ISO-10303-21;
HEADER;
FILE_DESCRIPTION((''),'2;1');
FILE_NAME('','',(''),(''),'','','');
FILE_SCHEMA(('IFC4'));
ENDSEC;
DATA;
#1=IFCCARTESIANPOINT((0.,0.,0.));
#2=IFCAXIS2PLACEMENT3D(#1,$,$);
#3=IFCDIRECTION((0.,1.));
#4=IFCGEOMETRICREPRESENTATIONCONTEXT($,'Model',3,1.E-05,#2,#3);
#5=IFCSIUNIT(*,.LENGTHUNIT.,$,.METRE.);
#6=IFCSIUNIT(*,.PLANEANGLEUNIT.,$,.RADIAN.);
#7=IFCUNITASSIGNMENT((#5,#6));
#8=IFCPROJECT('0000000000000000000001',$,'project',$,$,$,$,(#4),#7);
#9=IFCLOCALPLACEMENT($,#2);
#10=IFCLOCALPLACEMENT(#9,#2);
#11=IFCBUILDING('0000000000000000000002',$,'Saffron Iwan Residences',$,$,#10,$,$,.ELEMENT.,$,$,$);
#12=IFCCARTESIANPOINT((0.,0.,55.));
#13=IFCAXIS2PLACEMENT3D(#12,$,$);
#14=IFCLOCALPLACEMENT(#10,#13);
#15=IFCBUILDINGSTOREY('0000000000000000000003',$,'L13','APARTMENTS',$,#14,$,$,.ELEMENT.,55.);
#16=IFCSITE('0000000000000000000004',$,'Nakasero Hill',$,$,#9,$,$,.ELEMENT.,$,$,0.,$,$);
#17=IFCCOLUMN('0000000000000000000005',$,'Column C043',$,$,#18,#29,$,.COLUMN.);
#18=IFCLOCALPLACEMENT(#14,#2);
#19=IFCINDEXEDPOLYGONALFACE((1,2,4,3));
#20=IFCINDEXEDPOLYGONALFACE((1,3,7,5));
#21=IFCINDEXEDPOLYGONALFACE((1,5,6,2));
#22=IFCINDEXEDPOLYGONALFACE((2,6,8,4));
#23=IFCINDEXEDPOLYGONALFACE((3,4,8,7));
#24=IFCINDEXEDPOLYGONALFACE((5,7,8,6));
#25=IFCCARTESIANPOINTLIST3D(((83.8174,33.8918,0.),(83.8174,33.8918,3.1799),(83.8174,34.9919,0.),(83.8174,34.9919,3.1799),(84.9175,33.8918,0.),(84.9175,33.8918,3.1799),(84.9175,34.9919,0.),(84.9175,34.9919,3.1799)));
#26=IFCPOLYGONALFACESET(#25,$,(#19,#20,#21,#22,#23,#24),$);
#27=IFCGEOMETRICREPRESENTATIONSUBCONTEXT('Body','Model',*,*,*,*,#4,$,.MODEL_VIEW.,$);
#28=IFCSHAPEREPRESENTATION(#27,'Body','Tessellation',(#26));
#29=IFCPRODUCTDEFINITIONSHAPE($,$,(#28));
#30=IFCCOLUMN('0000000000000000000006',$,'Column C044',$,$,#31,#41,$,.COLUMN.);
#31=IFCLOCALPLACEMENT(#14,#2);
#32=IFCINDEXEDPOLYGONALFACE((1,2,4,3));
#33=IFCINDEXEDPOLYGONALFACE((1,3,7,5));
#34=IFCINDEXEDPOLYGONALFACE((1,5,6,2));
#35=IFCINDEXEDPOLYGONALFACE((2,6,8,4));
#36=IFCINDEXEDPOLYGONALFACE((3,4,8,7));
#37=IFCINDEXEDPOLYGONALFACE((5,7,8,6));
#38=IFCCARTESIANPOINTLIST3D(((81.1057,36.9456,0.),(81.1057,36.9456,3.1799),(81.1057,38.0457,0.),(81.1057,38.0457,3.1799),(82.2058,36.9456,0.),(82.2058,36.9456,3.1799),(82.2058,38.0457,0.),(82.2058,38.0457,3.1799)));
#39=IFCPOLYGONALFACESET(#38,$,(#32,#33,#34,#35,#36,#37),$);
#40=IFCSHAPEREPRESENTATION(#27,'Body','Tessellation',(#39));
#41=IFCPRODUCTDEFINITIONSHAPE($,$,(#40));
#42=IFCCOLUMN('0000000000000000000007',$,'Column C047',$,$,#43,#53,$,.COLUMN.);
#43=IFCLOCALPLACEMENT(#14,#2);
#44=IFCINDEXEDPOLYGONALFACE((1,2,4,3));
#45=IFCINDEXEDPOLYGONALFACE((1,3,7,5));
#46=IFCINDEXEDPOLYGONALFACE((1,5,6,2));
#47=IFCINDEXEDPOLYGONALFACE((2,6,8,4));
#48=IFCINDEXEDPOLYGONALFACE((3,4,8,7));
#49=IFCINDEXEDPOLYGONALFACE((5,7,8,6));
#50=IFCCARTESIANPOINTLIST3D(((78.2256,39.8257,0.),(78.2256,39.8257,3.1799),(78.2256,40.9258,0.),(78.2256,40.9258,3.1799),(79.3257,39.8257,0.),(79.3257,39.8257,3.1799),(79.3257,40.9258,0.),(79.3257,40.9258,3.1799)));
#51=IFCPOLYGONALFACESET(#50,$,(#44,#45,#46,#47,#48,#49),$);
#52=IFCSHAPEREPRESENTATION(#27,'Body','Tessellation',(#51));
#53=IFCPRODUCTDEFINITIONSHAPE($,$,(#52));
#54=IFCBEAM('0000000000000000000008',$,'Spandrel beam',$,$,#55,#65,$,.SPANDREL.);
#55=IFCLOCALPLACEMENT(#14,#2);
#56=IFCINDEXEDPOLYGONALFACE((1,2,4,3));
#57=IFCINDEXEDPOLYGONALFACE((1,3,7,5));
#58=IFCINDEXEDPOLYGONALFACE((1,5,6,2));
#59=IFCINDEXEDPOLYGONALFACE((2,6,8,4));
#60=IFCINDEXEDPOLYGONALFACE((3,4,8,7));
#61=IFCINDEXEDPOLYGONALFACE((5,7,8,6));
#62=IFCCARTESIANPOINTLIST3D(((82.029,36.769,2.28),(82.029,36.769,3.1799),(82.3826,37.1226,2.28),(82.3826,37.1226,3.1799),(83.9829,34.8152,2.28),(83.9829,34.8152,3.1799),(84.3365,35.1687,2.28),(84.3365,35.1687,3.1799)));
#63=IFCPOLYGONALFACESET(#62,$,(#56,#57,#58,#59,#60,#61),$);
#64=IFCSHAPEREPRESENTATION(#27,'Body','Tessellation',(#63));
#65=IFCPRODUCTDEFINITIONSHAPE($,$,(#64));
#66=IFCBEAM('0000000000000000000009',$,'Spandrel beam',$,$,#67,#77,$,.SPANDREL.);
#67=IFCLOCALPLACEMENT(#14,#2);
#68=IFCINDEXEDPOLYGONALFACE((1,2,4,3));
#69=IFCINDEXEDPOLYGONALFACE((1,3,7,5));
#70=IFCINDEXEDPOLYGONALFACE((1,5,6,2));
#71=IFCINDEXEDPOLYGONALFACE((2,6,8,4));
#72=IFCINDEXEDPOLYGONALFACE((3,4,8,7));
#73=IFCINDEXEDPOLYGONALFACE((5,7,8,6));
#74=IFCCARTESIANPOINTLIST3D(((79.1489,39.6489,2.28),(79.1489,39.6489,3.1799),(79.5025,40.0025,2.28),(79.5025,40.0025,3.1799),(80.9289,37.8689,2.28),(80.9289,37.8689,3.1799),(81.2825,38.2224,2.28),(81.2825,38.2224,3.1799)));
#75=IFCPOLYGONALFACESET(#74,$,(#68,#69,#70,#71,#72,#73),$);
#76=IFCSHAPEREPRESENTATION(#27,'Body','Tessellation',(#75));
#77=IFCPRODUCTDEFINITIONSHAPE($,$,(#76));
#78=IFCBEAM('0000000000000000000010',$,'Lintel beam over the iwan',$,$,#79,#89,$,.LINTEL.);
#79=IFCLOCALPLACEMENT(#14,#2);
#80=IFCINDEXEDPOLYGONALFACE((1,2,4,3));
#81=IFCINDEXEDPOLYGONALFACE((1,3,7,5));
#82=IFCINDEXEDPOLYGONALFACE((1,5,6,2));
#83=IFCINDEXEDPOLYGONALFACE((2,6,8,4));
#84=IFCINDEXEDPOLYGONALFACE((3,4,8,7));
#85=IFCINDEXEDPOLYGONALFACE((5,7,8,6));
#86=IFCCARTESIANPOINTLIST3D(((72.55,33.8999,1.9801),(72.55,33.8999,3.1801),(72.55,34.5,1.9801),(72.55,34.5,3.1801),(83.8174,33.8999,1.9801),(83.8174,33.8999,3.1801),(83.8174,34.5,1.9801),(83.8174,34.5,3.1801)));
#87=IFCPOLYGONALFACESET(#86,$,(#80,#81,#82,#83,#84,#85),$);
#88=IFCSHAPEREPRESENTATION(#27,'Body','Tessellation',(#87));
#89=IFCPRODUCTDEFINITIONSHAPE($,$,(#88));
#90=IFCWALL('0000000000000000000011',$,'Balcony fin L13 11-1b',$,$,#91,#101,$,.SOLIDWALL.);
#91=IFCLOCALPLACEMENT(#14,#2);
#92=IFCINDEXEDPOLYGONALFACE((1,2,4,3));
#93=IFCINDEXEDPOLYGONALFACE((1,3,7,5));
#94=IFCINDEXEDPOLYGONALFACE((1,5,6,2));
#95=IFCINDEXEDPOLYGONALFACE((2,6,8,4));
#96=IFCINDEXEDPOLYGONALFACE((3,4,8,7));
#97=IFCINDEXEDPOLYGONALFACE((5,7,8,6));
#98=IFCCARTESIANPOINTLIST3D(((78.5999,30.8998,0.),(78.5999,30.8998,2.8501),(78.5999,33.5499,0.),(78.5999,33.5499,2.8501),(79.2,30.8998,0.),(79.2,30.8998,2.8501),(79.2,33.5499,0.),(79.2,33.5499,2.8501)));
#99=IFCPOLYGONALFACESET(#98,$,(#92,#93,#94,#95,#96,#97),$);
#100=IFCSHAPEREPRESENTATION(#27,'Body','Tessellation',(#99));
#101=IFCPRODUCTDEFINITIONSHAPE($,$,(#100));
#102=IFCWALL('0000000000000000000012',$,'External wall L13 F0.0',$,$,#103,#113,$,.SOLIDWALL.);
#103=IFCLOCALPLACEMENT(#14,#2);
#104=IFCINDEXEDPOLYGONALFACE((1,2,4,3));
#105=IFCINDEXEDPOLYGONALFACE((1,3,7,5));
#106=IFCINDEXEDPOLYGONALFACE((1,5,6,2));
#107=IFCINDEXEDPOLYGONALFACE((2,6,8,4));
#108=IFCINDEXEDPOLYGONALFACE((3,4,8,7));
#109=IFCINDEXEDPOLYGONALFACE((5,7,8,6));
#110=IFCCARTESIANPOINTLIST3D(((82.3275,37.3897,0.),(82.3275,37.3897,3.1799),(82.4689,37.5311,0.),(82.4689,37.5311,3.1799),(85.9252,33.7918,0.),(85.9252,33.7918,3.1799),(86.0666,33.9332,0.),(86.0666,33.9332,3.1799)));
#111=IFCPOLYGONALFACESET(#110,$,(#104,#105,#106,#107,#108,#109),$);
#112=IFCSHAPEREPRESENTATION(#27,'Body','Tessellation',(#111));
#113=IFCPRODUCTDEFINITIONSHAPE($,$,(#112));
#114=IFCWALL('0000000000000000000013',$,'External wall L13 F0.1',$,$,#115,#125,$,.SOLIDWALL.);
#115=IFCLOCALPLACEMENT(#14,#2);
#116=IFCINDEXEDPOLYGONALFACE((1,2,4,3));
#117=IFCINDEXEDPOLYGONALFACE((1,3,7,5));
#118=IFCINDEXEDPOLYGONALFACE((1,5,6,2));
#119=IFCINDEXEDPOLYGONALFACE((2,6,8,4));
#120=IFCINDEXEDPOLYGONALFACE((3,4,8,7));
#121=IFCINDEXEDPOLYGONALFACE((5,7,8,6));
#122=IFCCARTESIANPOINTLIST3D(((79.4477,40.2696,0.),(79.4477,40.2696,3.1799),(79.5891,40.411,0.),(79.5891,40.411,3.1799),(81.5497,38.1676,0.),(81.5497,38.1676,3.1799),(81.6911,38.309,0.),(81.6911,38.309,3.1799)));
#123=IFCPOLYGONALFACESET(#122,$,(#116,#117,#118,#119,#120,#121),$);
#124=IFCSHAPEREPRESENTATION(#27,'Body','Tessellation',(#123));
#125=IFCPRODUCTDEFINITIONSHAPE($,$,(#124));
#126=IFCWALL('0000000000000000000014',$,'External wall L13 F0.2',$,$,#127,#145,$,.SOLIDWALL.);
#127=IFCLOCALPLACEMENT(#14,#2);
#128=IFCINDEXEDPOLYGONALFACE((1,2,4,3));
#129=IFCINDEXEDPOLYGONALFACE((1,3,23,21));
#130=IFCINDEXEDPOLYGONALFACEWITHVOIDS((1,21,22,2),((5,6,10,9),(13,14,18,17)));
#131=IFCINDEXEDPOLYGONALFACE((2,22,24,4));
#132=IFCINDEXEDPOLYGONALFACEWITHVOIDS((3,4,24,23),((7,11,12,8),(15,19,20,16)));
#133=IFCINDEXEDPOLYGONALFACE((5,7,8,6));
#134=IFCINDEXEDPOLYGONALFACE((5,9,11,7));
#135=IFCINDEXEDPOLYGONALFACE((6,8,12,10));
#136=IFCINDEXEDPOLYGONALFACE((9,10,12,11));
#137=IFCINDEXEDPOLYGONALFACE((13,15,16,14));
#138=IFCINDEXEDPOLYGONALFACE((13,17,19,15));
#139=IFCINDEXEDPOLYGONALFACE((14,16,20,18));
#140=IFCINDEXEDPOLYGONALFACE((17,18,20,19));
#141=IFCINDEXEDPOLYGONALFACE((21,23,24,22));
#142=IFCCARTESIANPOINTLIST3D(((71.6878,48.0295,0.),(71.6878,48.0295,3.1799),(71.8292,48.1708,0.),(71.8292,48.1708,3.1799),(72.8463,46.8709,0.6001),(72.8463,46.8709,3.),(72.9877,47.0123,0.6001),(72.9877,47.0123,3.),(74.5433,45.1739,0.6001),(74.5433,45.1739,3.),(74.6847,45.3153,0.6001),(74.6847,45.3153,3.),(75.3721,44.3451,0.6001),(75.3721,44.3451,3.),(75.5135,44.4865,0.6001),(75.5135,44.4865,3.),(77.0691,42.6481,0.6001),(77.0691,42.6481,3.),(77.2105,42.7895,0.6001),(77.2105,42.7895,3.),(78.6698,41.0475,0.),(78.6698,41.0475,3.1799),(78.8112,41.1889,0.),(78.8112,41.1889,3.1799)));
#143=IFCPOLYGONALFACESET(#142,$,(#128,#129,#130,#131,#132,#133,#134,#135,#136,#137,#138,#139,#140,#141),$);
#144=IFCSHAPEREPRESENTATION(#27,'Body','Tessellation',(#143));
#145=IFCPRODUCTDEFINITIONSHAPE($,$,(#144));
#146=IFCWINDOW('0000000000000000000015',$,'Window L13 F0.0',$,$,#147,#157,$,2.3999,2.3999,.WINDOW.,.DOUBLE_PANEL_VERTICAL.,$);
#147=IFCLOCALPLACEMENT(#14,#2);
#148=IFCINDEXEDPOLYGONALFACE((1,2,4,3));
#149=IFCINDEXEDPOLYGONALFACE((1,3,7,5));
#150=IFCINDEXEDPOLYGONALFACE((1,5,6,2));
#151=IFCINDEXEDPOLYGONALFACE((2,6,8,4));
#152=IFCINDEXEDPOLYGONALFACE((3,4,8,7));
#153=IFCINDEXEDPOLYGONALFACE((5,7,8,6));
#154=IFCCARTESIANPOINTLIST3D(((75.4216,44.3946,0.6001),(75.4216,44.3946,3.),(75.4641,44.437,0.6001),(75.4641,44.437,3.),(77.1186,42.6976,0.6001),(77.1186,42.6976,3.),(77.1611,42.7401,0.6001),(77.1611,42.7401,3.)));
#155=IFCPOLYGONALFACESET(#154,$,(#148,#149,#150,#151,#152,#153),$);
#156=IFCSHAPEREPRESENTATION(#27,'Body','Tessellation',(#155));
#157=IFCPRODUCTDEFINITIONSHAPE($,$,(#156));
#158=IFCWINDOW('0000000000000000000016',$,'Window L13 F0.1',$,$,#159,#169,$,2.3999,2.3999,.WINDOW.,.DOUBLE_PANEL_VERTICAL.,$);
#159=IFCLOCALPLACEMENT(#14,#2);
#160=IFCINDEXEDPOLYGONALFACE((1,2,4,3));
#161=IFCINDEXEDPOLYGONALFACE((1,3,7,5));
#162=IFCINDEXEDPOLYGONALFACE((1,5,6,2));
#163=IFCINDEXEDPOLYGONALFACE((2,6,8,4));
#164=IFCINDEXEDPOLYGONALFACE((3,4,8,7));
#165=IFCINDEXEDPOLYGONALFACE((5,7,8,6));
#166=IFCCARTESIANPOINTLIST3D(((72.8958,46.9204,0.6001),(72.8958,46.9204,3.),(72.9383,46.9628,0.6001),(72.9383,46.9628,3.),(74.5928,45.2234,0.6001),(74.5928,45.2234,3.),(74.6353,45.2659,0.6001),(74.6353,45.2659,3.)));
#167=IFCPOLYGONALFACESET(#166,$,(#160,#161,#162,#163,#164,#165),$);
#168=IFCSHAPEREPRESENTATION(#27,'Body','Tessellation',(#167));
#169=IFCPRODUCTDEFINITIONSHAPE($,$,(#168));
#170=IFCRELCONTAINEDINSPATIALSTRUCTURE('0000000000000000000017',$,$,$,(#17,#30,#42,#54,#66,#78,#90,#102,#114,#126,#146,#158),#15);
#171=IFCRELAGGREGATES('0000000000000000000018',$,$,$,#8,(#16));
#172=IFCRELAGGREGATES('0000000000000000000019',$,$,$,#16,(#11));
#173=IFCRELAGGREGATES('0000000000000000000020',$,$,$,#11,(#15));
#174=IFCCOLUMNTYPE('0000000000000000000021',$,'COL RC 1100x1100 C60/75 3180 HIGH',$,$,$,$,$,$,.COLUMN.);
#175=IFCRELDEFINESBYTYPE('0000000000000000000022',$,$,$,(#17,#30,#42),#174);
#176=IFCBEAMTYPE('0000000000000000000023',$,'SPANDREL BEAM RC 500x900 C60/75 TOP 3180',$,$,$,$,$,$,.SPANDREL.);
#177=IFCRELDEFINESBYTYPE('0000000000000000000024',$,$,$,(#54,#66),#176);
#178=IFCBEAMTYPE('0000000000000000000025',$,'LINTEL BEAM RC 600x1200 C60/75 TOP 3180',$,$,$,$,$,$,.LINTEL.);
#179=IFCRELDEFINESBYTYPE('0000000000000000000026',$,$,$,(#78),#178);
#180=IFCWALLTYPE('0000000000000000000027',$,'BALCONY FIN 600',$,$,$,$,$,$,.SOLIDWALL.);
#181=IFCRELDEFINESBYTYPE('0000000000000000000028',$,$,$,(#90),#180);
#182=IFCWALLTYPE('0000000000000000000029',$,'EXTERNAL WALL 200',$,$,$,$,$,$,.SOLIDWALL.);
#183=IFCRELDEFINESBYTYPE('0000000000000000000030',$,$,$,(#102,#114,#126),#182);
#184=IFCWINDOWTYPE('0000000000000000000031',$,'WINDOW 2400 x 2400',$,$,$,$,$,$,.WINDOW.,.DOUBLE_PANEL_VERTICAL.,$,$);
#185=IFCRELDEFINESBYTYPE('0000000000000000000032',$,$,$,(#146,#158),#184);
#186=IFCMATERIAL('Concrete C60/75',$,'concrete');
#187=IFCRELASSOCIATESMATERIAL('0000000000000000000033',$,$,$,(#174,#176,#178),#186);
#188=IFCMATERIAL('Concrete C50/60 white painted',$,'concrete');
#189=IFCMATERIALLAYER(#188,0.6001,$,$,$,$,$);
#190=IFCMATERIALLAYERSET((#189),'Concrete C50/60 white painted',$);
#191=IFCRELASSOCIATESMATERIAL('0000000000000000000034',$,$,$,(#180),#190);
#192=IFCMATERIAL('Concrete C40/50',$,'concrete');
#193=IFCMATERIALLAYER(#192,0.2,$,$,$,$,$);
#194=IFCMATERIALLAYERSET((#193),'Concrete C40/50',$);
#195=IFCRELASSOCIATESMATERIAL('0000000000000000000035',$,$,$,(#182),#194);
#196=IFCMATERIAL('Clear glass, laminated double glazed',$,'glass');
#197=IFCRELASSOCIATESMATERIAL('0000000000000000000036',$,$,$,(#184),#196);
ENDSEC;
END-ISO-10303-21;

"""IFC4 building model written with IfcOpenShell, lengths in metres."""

from ifc_helpers import new_model, si_unit, direction, frame, frame_2d, origin, origin_2d, place, context, subcontext, project, spatial, rectangle, extrude, source, transform, mapped, material, layer, layer_set, material_profile, profile_set, type_object, element, fill, save


model = new_model("IFC4")

# Units and contexts
model_context = context("Model", 3, precision=1e-05, world=origin(), true_north=direction((0.0, 1.0)))
body_context = subcontext(model_context, "Body", "Model", "MODEL_VIEW")
ifc_project = project(units=[si_unit("LENGTHUNIT", "METRE"), si_unit("PLANEANGLEUNIT", "RADIAN")], contexts=[model_context])

# Site, building, storey
site_placement = place(None, origin())
site = spatial("IfcSite", under=ifc_project, at=site_placement, Name="Nakasero Hill", CompositionType="ELEMENT", RefElevation=0.0)
building_placement = place(site_placement, origin())
building = spatial("IfcBuilding", under=site, at=building_placement, Name="Saffron Iwan Residences", CompositionType="ELEMENT")
storey_placement = place(building_placement, frame((0.0, 0.0, 55.0)))
storey = spatial("IfcBuildingStorey", under=building, at=storey_placement, Name="L13", Description="APARTMENTS", CompositionType="ELEMENT", Elevation=55.0)

# Columns
ifc_material_1 = material(Name="Concrete C60/75", Category="concrete")
ifc_material_profile_1 = material_profile(ifc_material_1, rectangle(XDim=1.1001, YDim=1.1001, at=origin_2d()), Name="RC 1100x1100")
ifc_profile_set_1 = profile_set([ifc_material_profile_1], Name="Concrete C60/75")
column_type = type_object("IfcColumnType", Name="COL RC 1100x1100 C60/75 3180 HIGH", PredefinedType="COLUMN", material=ifc_profile_set_1)
shared_shape_1 = source(origin(), body_context, "Body", "SweptSolid", [
    extrude(rectangle(XDim=1.1001, YDim=1.1001, at=origin_2d()), origin(), (0.0, 0.0, 1.0), 3.1799),
])
for number, where, z_axis, x_axis, name in (
    (1, (84.3674, 34.4419, 0.0), (0.0, 0.0, 1.0), (1.0, 0.0, 0.0), "Column C043"),
    (2, (81.6558, 37.4956, 0.0), (0.0, 0.0, 1.0), (1.0, 0.0, 0.0), "Column C044"),
    (3, (78.7756, 40.3757, 0.0), (0.0, 0.0, 1.0), (1.0, 0.0, 0.0), "Column C047"),
):
    element("IfcColumn", number, at=place(storey_placement, frame(where, z_axis=z_axis, x_axis=x_axis)), inside=storey, type_object=column_type, Name=name, PredefinedType="COLUMN", context=body_context, shape_type="MappedRepresentation", body=[
        mapped(shared_shape_1, transform((0.0, 0.0, 0.0))),
    ])

# Beams
ifc_material_profile_2 = material_profile(ifc_material_1, rectangle(XDim=0.5, YDim=0.8999, at=origin_2d()), Name="RC 500x900")
ifc_profile_set_2 = profile_set([ifc_material_profile_2], Name="Concrete C60/75")
beam_type_1 = type_object("IfcBeamType", Name="SPANDREL BEAM RC 500x900 C60/75 TOP 3180", PredefinedType="SPANDREL", material=ifc_profile_set_2)
shared_shape_2 = source(origin(), body_context, "Body", "SweptSolid", [
    extrude(rectangle(XDim=0.5, YDim=0.8999, at=origin_2d()), origin(), (0.0, 0.0, 1.0), 2.7632),
])
beam_1_placement = place(storey_placement, frame((82.2058, 36.9458, 2.73), z_axis=(0.707107, -0.707107, 0.0), x_axis=(0.707107, 0.707107, 0.0)))
element("IfcBeam", 4, at=beam_1_placement, inside=storey, type_object=beam_type_1, Name="Spandrel beam", PredefinedType="SPANDREL", context=body_context, shape_type="MappedRepresentation", body=[
    mapped(shared_shape_2, transform((0.0, 0.0, 0.0))),
])
shared_shape_3 = source(origin(), body_context, "Body", "SweptSolid", [
    extrude(rectangle(XDim=0.5, YDim=0.8999, at=origin_2d()), origin(), (0.0, 0.0, 1.0), 2.5173),
])
beam_2_placement = place(storey_placement, frame((79.3257, 39.8257, 2.73), z_axis=(0.707107, -0.707107, 0.0), x_axis=(0.707107, 0.707107, 0.0)))
element("IfcBeam", 5, at=beam_2_placement, inside=storey, type_object=beam_type_1, Name="Spandrel beam", PredefinedType="SPANDREL", context=body_context, shape_type="MappedRepresentation", body=[
    mapped(shared_shape_3, transform((0.0, 0.0, 0.0))),
])
ifc_material_profile_3 = material_profile(ifc_material_1, rectangle(XDim=0.6001, YDim=1.2, at=origin_2d()), Name="RC 600x1200")
ifc_profile_set_3 = profile_set([ifc_material_profile_3], Name="Concrete C60/75")
beam_type_2 = type_object("IfcBeamType", Name="LINTEL BEAM RC 600x1200 C60/75 TOP 3180", PredefinedType="LINTEL", material=ifc_profile_set_3)
shared_shape_4 = source(origin(), body_context, "Body", "SweptSolid", [
    extrude(rectangle(XDim=0.6001, YDim=1.2, at=origin_2d()), origin(), (0.0, 0.0, 1.0), 11.2673),
])
beam_3_placement = place(storey_placement, frame((83.8174, 34.2, 2.5801), z_axis=(-1.0, 0.0, 0.0), x_axis=(0.0, -1.0, 0.0)))
element("IfcBeam", 6, at=beam_3_placement, inside=storey, type_object=beam_type_2, Name="Lintel beam over the iwan", PredefinedType="LINTEL", context=body_context, shape_type="MappedRepresentation", body=[
    mapped(shared_shape_4, transform((0.0, 0.0, 0.0))),
])

# Walls
ifc_material_2 = material(Name="Concrete C50/60 white painted", Category="concrete")
ifc_layer_1 = layer(ifc_material_2, 0.6001)
ifc_layer_set_1 = layer_set([ifc_layer_1], Name="Concrete C50/60 white painted")
wall_type_1 = type_object("IfcWallType", Name="BALCONY FIN 600", PredefinedType="SOLIDWALL", material=ifc_layer_set_1)
wall_1_placement = place(storey_placement, frame((78.8999, 33.55, 0.0), z_axis=(0.0, 0.0, 1.0), x_axis=(0.0, -1.0, 0.0)))
element("IfcWall", 7, at=wall_1_placement, inside=storey, type_object=wall_type_1, Name="Balcony fin L13 11-1b", PredefinedType="SOLIDWALL", context=body_context, shape_type="SweptSolid", body=[
    extrude(rectangle(XDim=2.6501, YDim=0.6001, at=frame_2d((1.3252, 0.0))), origin(), (0.0, 0.0, 1.0), 2.8501),
])
ifc_material_3 = material(Name="Concrete C40/50", Category="concrete")
ifc_layer_2 = layer(ifc_material_3, 0.2)
ifc_layer_set_2 = layer_set([ifc_layer_2], Name="Concrete C40/50")
wall_type_2 = type_object("IfcWallType", Name="EXTERNAL WALL 200", PredefinedType="SOLIDWALL", material=ifc_layer_set_2)
wall_2_placement = place(storey_placement, frame((85.9958, 33.8625, 0.0), z_axis=(0.0, 0.0, 1.0), x_axis=(-0.707083, 0.707131, 0.0)))
element("IfcWall", 8, at=wall_2_placement, inside=storey, type_object=wall_type_2, Name="External wall L13 F0.0", PredefinedType="SOLIDWALL", context=body_context, shape_type="SweptSolid", body=[
    extrude(rectangle(XDim=5.0881, YDim=0.2, at=frame_2d((2.5439, 0.0))), origin(), (0.0, 0.0, 1.0), 3.1799),
])
wall_3_placement = place(storey_placement, frame((81.6204, 38.2383, 0.0), z_axis=(0.0, 0.0, 1.0), x_axis=(-0.707107, 0.707107, 0.0)))
element("IfcWall", 9, at=wall_3_placement, inside=storey, type_object=wall_type_2, Name="External wall L13 F0.1", PredefinedType="SOLIDWALL", context=body_context, shape_type="SweptSolid", body=[
    extrude(rectangle(XDim=2.9727, YDim=0.2, at=frame_2d((1.4863, 0.0))), origin(), (0.0, 0.0, 1.0), 3.1799),
])

# Wall, openings, windows
wall_4_placement = place(storey_placement, frame((78.7405, 41.1182, 0.0), z_axis=(0.0, 0.0, 1.0), x_axis=(-0.707107, 0.707107, 0.0)))
wall_4 = element("IfcWall", 10, at=wall_4_placement, inside=storey, type_object=wall_type_2, Name="External wall L13 F0.2", PredefinedType="SOLIDWALL", context=body_context, shape_type="SweptSolid", body=[
    extrude(rectangle(XDim=9.874, YDim=0.2, at=frame_2d((4.937, 0.0))), origin(), (0.0, 0.0, 1.0), 3.1799),
])
opening_1_placement = place(wall_4_placement, frame((2.2637, 0.0, 0.6001)))
opening_1 = element("IfcOpeningElement", 11, at=opening_1_placement, cuts=wall_4, PredefinedType="OPENING", context=body_context, shape_type="SweptSolid", body=[
    extrude(rectangle(XDim=2.3999, YDim=2.3999, at=frame_2d((1.2, 1.2))), frame((0.0, 0.1099, 0.0), z_axis=(0.0, -1.0, 0.0), x_axis=(1.0, 0.0, 0.0)), (0.0, 0.0, 1.0), 0.22),
])
opening_2_placement = place(wall_4_placement, frame((5.8357, 0.0, 0.6001)))
opening_2 = element("IfcOpeningElement", 12, at=opening_2_placement, cuts=wall_4, PredefinedType="OPENING", context=body_context, shape_type="SweptSolid", body=[
    extrude(rectangle(XDim=2.3999, YDim=2.3999, at=frame_2d((1.2, 1.2))), frame((0.0, 0.1099, 0.0), z_axis=(0.0, -1.0, 0.0), x_axis=(1.0, 0.0, 0.0)), (0.0, 0.0, 1.0), 0.22),
])
ifc_material_4 = material(Name="Clear glass, laminated double glazed", Category="glass")
window_type = type_object("IfcWindowType", Name="WINDOW 2400 x 2400", PartitioningType="DOUBLE_PANEL_VERTICAL", PredefinedType="WINDOW", material=ifc_material_4)
window_1_placement = place(opening_1_placement, origin())
window_1 = element("IfcWindow", 13, at=window_1_placement, inside=storey, type_object=window_type, Name="Window L13 F0.0", OverallHeight=2.3999, OverallWidth=2.3999, PartitioningType="DOUBLE_PANEL_VERTICAL", PredefinedType="WINDOW", context=body_context, shape_type="SweptSolid", body=[
    extrude(rectangle(XDim=2.3999, YDim=2.3999, at=frame_2d((1.2, 1.2))), frame((0.0, 0.03, 0.0), z_axis=(0.0, -1.0, 0.0), x_axis=(1.0, 0.0, 0.0)), (0.0, 0.0, 1.0), 0.0601),
])
fill(opening_1, window_1)
window_2_placement = place(opening_2_placement, origin())
window_2 = element("IfcWindow", 14, at=window_2_placement, inside=storey, type_object=window_type, Name="Window L13 F0.1", OverallHeight=2.3999, OverallWidth=2.3999, PartitioningType="DOUBLE_PANEL_VERTICAL", PredefinedType="WINDOW", context=body_context, shape_type="SweptSolid", body=[
    extrude(rectangle(XDim=2.3999, YDim=2.3999, at=frame_2d((1.2, 1.2))), frame((0.0, 0.03, 0.0), z_axis=(0.0, -1.0, 0.0), x_axis=(1.0, 0.0, 0.0)), (0.0, 0.0, 1.0), 0.0601),
])
fill(opening_2, window_2)

save(model, "model.ifc")
